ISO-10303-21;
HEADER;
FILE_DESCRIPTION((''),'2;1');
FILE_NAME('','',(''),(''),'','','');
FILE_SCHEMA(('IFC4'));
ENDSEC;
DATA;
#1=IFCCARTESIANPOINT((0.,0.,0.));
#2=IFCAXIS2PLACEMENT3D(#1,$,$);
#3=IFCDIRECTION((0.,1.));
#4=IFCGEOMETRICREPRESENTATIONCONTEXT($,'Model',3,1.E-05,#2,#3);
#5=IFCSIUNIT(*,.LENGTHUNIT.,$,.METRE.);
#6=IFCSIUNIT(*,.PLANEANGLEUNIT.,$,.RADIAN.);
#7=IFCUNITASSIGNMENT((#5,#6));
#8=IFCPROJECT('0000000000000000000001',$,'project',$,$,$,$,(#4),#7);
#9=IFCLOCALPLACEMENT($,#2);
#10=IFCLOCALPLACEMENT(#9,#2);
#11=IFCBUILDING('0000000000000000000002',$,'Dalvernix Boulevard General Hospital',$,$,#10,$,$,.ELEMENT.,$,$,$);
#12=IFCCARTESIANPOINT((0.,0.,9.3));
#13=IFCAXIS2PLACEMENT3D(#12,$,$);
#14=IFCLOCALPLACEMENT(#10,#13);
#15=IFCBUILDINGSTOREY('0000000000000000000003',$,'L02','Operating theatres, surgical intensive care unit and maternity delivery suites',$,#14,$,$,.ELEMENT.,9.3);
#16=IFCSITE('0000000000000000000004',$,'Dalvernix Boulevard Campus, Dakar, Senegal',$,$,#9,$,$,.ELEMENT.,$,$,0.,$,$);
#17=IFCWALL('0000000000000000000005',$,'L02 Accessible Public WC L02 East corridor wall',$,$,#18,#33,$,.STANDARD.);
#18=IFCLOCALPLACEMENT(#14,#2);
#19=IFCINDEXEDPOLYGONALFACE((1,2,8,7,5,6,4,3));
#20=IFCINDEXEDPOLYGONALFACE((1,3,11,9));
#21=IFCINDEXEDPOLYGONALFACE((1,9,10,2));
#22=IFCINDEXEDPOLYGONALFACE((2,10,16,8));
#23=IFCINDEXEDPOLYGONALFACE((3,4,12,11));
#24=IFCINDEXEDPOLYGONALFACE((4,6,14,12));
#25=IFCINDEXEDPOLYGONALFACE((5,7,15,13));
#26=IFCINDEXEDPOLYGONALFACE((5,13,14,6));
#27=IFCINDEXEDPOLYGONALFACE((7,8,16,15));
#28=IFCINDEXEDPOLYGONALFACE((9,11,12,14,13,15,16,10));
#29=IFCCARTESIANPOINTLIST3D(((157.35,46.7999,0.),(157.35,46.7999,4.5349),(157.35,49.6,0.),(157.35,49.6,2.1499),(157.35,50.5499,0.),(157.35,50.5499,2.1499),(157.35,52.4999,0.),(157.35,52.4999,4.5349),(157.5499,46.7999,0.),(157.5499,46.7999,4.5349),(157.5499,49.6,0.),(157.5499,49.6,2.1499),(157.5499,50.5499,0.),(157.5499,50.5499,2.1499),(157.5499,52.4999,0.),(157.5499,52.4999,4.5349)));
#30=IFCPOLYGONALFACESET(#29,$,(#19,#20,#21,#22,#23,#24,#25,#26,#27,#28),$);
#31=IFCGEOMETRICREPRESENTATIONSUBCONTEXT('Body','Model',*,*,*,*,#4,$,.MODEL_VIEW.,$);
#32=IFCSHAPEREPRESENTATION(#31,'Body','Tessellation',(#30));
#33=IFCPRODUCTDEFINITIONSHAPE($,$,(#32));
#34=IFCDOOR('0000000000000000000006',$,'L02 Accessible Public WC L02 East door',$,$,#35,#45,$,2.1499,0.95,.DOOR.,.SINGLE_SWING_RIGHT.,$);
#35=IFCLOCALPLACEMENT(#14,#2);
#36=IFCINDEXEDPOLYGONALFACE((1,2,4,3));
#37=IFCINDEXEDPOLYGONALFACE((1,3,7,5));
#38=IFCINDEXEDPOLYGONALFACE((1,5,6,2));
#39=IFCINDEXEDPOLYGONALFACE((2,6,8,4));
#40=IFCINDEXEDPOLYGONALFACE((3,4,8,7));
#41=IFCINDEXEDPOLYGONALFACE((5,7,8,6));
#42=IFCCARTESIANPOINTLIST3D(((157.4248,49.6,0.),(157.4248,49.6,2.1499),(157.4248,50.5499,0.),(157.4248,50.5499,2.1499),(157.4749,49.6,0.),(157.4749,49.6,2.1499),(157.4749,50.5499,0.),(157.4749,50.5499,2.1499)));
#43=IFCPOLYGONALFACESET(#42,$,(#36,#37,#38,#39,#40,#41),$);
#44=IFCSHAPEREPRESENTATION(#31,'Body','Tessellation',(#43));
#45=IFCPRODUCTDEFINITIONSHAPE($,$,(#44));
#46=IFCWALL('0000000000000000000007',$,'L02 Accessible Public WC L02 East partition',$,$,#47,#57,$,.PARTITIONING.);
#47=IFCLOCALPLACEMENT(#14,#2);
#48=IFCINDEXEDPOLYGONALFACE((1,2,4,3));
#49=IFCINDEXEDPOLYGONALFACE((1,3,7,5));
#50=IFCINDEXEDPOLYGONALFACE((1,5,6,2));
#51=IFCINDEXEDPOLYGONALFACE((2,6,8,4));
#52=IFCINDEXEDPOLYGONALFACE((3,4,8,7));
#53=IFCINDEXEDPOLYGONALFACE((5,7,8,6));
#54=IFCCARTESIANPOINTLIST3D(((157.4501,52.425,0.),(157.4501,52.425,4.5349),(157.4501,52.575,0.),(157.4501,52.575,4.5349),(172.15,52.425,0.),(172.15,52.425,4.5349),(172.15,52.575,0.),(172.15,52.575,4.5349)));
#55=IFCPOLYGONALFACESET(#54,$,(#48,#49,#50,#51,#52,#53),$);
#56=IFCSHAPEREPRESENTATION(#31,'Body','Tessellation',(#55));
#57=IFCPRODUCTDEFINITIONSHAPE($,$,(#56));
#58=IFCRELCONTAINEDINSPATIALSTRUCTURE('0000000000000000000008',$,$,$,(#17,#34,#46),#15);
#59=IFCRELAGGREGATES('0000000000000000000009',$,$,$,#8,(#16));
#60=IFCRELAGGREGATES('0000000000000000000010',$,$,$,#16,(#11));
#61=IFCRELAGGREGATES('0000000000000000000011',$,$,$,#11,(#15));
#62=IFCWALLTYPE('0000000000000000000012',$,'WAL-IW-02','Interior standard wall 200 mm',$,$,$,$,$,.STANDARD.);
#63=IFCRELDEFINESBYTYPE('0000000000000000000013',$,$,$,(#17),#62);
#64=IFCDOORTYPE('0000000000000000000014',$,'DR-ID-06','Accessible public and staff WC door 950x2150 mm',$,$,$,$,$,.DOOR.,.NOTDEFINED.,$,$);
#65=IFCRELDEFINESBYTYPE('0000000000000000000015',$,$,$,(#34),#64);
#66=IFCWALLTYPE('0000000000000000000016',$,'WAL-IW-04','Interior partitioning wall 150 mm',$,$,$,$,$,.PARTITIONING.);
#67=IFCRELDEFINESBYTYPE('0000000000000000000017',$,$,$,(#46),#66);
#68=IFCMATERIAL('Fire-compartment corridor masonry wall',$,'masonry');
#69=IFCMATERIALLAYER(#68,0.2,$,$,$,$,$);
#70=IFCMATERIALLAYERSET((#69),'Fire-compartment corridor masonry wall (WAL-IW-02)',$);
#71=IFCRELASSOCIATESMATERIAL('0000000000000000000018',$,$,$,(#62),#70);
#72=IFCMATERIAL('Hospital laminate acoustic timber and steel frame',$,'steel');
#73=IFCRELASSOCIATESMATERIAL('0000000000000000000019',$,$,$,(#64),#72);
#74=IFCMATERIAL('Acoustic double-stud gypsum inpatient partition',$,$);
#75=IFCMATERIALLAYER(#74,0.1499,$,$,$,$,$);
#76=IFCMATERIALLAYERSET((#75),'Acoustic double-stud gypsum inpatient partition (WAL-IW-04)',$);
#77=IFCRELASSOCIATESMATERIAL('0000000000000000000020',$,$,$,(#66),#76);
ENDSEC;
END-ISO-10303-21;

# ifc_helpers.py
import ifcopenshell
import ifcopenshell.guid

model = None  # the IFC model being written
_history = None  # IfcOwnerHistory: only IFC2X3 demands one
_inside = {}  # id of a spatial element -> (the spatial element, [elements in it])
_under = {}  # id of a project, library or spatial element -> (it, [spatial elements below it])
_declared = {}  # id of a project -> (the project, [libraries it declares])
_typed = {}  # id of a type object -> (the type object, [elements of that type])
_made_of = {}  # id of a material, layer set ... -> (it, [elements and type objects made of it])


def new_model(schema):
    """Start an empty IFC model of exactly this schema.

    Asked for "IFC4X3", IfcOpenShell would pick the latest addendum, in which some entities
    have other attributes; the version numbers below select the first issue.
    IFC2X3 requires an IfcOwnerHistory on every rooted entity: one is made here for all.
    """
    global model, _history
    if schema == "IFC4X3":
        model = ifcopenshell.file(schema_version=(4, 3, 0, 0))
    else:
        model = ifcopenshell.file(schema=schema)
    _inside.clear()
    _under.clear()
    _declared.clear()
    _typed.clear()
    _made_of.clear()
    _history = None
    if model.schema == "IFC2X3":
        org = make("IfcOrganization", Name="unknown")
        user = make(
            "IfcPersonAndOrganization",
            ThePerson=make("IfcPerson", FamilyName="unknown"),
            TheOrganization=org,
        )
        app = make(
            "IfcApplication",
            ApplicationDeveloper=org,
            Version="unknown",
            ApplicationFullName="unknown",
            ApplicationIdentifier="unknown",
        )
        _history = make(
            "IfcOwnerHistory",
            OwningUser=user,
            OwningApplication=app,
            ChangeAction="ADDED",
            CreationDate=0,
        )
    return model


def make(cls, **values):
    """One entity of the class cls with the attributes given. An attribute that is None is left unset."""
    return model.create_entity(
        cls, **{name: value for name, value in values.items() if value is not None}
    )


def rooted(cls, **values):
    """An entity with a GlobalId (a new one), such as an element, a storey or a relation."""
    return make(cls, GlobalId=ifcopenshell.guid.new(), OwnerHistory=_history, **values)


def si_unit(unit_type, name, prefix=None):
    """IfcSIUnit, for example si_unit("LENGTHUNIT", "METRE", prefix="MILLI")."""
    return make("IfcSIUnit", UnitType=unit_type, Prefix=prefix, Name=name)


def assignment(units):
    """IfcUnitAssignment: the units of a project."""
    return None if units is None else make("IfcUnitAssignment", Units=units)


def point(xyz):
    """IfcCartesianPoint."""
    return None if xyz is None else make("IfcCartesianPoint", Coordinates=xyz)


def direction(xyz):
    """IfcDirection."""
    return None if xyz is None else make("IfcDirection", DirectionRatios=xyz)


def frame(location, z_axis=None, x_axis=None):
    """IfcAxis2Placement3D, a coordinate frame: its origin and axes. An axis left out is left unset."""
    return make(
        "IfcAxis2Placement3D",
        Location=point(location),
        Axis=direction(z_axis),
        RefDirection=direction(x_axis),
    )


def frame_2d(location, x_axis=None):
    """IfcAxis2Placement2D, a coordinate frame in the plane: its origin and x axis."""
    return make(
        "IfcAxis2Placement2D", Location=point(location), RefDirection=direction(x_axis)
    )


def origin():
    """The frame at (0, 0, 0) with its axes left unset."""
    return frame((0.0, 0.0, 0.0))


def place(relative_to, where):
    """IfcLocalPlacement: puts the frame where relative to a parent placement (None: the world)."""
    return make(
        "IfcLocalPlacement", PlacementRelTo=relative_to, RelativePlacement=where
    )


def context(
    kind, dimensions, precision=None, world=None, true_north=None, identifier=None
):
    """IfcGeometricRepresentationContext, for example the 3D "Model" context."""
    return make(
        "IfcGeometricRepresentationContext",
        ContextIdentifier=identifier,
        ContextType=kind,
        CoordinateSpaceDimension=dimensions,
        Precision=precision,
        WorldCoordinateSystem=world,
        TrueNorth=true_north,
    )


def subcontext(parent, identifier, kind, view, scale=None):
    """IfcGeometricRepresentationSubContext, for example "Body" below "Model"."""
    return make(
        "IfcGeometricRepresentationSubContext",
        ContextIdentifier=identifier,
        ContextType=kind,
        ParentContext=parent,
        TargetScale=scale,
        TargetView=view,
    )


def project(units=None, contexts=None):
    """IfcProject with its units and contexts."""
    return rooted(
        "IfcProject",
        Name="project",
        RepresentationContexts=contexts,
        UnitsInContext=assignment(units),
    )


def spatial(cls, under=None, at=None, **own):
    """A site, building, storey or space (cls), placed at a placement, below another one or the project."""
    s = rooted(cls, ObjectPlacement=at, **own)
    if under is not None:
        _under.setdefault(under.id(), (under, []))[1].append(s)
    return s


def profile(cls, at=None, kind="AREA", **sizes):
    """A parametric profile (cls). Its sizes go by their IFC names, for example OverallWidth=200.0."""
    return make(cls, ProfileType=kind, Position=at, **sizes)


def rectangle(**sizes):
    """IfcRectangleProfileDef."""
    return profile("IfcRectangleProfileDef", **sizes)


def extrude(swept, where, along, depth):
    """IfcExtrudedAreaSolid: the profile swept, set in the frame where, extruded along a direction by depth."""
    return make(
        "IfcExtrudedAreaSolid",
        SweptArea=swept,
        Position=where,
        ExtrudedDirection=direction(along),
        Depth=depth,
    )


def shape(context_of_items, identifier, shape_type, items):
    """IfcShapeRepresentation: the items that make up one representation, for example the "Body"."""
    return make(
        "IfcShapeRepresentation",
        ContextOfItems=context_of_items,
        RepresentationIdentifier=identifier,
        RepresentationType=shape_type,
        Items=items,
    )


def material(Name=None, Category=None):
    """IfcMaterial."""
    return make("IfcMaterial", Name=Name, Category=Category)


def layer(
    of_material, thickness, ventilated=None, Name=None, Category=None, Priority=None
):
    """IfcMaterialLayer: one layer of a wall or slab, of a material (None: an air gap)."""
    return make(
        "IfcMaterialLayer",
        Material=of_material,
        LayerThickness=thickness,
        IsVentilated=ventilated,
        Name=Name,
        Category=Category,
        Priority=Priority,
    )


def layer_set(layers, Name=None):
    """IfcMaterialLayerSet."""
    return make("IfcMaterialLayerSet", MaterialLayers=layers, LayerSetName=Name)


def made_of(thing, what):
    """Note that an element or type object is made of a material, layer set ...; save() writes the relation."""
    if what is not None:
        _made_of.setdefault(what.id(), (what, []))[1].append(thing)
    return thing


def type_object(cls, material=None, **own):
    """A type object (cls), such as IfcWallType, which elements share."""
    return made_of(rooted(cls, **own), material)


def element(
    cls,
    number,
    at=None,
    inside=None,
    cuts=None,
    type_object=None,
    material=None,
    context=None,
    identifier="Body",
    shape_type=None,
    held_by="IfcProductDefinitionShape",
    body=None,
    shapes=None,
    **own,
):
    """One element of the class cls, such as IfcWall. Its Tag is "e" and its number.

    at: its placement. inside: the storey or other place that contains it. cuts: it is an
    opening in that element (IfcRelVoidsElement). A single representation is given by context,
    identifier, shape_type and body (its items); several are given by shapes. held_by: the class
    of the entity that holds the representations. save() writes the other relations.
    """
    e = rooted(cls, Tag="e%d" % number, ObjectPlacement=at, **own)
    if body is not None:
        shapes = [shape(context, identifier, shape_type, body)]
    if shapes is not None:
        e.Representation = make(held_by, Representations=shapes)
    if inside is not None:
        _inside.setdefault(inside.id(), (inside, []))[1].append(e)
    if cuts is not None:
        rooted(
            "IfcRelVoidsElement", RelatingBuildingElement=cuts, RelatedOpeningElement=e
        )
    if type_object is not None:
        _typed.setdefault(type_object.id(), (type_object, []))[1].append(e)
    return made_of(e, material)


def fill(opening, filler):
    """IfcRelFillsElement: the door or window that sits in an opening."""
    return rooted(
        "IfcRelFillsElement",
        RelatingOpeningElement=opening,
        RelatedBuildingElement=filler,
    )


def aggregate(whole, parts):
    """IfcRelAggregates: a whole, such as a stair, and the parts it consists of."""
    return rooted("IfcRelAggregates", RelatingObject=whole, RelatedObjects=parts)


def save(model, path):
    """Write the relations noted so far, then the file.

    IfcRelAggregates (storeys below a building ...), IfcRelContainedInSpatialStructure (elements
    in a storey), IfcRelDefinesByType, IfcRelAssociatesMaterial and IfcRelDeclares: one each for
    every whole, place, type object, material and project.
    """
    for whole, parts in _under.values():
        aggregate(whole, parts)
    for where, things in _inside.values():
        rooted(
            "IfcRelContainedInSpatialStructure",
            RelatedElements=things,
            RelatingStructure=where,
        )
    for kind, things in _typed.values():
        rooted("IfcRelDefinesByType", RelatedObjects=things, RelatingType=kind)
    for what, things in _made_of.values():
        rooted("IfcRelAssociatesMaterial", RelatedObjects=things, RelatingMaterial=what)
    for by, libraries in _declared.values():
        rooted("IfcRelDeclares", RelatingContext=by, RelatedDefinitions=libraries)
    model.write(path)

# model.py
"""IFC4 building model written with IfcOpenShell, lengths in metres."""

from ifc_helpers import new_model, si_unit, direction, frame, frame_2d, origin, place, context, subcontext, project, spatial, rectangle, extrude, material, layer, layer_set, type_object, element, fill, save


model = new_model("IFC4")

# Units and contexts
model_context = context("Model", 3, precision=1e-05, world=origin(), true_north=direction((0.0, 1.0)))
body_context = subcontext(model_context, "Body", "Model", "MODEL_VIEW")
ifc_project = project(units=[si_unit("LENGTHUNIT", "METRE"), si_unit("PLANEANGLEUNIT", "RADIAN")], contexts=[model_context])

# Site, building, storey
site_placement = place(None, origin())
site = spatial("IfcSite", under=ifc_project, at=site_placement, Name="Dalvernix Boulevard Campus, Dakar, Senegal", CompositionType="ELEMENT", RefElevation=0.0)
building_placement = place(site_placement, origin())
building = spatial("IfcBuilding", under=site, at=building_placement, Name="Dalvernix Boulevard General Hospital", CompositionType="ELEMENT")
storey_placement = place(building_placement, frame((0.0, 0.0, 9.3)))
storey = spatial("IfcBuildingStorey", under=building, at=storey_placement, Name="L02", Description="Operating theatres, surgical intensive care unit and maternity delivery suites", CompositionType="ELEMENT", Elevation=9.3)

# Wall, opening, door
ifc_material_1 = material(Name="Fire-compartment corridor masonry wall", Category="masonry")
ifc_layer_1 = layer(ifc_material_1, 0.2)
ifc_layer_set_1 = layer_set([ifc_layer_1], Name="Fire-compartment corridor masonry wall (WAL-IW-02)")
wall_type_1 = type_object("IfcWallType", Name="WAL-IW-02", Description="Interior standard wall 200 mm", PredefinedType="STANDARD", material=ifc_layer_set_1)
wall_1_placement = place(storey_placement, frame((157.45, 52.5, 0.0), z_axis=(0.0, 0.0, 1.0), x_axis=(0.0, -1.0, 0.0)))
wall_1 = element("IfcWall", 1, at=wall_1_placement, inside=storey, type_object=wall_type_1, Name="L02 Accessible Public WC L02 East corridor wall", PredefinedType="STANDARD", context=body_context, shape_type="SweptSolid", body=[
    extrude(rectangle(XDim=5.7, YDim=0.2, at=frame_2d((2.8501, 0.0))), origin(), (0.0, 0.0, 1.0), 4.5349),
])
opening_placement = place(wall_1_placement, frame((1.95, 0.0, 0.0)))
opening = element("IfcOpeningElement", 2, at=opening_placement, cuts=wall_1, PredefinedType="OPENING", context=body_context, shape_type="SweptSolid", body=[
    extrude(rectangle(XDim=0.95, YDim=2.1499, at=frame_2d((0.4751, 1.075))), frame((0.0, 0.1099, 0.0), z_axis=(0.0, -1.0, 0.0), x_axis=(1.0, 0.0, 0.0)), (0.0, 0.0, 1.0), 0.22),
])
ifc_material_2 = material(Name="Hospital laminate acoustic timber and steel frame", Category="steel")
door_type = type_object("IfcDoorType", Name="DR-ID-06", Description="Accessible public and staff WC door 950x2150 mm", OperationType="NOTDEFINED", PredefinedType="DOOR", material=ifc_material_2)
door_placement = place(opening_placement, origin())
door = element("IfcDoor", 3, at=door_placement, inside=storey, type_object=door_type, Name="L02 Accessible Public WC L02 East door", OperationType="SINGLE_SWING_RIGHT", OverallHeight=2.1499, OverallWidth=0.95, PredefinedType="DOOR", context=body_context, shape_type="SweptSolid", body=[
    extrude(rectangle(XDim=0.95, YDim=2.1499, at=frame_2d((0.4751, 1.075))), frame((0.0, 0.0249, 0.0), z_axis=(0.0, -1.0, 0.0), x_axis=(1.0, 0.0, 0.0)), (0.0, 0.0, 1.0), 0.05),
])
fill(opening, door)

# Wall
ifc_material_3 = material(Name="Acoustic double-stud gypsum inpatient partition")
ifc_layer_2 = layer(ifc_material_3, 0.1499)
ifc_layer_set_2 = layer_set([ifc_layer_2], Name="Acoustic double-stud gypsum inpatient partition (WAL-IW-04)")
wall_type_2 = type_object("IfcWallType", Name="WAL-IW-04", Description="Interior partitioning wall 150 mm", PredefinedType="PARTITIONING", material=ifc_layer_set_2)
wall_2_placement = place(storey_placement, frame((157.45, 52.5, 0.0), z_axis=(0.0, 0.0, 1.0), x_axis=(1.0, 0.0, 0.0)))
element("IfcWall", 4, at=wall_2_placement, inside=storey, type_object=wall_type_2, Name="L02 Accessible Public WC L02 East partition", PredefinedType="PARTITIONING", context=body_context, shape_type="SweptSolid", body=[
    extrude(rectangle(XDim=14.7, YDim=0.1499, at=frame_2d((7.3501, 0.0))), origin(), (0.0, 0.0, 1.0), 4.5349),
])

save(model, "model.ifc")
